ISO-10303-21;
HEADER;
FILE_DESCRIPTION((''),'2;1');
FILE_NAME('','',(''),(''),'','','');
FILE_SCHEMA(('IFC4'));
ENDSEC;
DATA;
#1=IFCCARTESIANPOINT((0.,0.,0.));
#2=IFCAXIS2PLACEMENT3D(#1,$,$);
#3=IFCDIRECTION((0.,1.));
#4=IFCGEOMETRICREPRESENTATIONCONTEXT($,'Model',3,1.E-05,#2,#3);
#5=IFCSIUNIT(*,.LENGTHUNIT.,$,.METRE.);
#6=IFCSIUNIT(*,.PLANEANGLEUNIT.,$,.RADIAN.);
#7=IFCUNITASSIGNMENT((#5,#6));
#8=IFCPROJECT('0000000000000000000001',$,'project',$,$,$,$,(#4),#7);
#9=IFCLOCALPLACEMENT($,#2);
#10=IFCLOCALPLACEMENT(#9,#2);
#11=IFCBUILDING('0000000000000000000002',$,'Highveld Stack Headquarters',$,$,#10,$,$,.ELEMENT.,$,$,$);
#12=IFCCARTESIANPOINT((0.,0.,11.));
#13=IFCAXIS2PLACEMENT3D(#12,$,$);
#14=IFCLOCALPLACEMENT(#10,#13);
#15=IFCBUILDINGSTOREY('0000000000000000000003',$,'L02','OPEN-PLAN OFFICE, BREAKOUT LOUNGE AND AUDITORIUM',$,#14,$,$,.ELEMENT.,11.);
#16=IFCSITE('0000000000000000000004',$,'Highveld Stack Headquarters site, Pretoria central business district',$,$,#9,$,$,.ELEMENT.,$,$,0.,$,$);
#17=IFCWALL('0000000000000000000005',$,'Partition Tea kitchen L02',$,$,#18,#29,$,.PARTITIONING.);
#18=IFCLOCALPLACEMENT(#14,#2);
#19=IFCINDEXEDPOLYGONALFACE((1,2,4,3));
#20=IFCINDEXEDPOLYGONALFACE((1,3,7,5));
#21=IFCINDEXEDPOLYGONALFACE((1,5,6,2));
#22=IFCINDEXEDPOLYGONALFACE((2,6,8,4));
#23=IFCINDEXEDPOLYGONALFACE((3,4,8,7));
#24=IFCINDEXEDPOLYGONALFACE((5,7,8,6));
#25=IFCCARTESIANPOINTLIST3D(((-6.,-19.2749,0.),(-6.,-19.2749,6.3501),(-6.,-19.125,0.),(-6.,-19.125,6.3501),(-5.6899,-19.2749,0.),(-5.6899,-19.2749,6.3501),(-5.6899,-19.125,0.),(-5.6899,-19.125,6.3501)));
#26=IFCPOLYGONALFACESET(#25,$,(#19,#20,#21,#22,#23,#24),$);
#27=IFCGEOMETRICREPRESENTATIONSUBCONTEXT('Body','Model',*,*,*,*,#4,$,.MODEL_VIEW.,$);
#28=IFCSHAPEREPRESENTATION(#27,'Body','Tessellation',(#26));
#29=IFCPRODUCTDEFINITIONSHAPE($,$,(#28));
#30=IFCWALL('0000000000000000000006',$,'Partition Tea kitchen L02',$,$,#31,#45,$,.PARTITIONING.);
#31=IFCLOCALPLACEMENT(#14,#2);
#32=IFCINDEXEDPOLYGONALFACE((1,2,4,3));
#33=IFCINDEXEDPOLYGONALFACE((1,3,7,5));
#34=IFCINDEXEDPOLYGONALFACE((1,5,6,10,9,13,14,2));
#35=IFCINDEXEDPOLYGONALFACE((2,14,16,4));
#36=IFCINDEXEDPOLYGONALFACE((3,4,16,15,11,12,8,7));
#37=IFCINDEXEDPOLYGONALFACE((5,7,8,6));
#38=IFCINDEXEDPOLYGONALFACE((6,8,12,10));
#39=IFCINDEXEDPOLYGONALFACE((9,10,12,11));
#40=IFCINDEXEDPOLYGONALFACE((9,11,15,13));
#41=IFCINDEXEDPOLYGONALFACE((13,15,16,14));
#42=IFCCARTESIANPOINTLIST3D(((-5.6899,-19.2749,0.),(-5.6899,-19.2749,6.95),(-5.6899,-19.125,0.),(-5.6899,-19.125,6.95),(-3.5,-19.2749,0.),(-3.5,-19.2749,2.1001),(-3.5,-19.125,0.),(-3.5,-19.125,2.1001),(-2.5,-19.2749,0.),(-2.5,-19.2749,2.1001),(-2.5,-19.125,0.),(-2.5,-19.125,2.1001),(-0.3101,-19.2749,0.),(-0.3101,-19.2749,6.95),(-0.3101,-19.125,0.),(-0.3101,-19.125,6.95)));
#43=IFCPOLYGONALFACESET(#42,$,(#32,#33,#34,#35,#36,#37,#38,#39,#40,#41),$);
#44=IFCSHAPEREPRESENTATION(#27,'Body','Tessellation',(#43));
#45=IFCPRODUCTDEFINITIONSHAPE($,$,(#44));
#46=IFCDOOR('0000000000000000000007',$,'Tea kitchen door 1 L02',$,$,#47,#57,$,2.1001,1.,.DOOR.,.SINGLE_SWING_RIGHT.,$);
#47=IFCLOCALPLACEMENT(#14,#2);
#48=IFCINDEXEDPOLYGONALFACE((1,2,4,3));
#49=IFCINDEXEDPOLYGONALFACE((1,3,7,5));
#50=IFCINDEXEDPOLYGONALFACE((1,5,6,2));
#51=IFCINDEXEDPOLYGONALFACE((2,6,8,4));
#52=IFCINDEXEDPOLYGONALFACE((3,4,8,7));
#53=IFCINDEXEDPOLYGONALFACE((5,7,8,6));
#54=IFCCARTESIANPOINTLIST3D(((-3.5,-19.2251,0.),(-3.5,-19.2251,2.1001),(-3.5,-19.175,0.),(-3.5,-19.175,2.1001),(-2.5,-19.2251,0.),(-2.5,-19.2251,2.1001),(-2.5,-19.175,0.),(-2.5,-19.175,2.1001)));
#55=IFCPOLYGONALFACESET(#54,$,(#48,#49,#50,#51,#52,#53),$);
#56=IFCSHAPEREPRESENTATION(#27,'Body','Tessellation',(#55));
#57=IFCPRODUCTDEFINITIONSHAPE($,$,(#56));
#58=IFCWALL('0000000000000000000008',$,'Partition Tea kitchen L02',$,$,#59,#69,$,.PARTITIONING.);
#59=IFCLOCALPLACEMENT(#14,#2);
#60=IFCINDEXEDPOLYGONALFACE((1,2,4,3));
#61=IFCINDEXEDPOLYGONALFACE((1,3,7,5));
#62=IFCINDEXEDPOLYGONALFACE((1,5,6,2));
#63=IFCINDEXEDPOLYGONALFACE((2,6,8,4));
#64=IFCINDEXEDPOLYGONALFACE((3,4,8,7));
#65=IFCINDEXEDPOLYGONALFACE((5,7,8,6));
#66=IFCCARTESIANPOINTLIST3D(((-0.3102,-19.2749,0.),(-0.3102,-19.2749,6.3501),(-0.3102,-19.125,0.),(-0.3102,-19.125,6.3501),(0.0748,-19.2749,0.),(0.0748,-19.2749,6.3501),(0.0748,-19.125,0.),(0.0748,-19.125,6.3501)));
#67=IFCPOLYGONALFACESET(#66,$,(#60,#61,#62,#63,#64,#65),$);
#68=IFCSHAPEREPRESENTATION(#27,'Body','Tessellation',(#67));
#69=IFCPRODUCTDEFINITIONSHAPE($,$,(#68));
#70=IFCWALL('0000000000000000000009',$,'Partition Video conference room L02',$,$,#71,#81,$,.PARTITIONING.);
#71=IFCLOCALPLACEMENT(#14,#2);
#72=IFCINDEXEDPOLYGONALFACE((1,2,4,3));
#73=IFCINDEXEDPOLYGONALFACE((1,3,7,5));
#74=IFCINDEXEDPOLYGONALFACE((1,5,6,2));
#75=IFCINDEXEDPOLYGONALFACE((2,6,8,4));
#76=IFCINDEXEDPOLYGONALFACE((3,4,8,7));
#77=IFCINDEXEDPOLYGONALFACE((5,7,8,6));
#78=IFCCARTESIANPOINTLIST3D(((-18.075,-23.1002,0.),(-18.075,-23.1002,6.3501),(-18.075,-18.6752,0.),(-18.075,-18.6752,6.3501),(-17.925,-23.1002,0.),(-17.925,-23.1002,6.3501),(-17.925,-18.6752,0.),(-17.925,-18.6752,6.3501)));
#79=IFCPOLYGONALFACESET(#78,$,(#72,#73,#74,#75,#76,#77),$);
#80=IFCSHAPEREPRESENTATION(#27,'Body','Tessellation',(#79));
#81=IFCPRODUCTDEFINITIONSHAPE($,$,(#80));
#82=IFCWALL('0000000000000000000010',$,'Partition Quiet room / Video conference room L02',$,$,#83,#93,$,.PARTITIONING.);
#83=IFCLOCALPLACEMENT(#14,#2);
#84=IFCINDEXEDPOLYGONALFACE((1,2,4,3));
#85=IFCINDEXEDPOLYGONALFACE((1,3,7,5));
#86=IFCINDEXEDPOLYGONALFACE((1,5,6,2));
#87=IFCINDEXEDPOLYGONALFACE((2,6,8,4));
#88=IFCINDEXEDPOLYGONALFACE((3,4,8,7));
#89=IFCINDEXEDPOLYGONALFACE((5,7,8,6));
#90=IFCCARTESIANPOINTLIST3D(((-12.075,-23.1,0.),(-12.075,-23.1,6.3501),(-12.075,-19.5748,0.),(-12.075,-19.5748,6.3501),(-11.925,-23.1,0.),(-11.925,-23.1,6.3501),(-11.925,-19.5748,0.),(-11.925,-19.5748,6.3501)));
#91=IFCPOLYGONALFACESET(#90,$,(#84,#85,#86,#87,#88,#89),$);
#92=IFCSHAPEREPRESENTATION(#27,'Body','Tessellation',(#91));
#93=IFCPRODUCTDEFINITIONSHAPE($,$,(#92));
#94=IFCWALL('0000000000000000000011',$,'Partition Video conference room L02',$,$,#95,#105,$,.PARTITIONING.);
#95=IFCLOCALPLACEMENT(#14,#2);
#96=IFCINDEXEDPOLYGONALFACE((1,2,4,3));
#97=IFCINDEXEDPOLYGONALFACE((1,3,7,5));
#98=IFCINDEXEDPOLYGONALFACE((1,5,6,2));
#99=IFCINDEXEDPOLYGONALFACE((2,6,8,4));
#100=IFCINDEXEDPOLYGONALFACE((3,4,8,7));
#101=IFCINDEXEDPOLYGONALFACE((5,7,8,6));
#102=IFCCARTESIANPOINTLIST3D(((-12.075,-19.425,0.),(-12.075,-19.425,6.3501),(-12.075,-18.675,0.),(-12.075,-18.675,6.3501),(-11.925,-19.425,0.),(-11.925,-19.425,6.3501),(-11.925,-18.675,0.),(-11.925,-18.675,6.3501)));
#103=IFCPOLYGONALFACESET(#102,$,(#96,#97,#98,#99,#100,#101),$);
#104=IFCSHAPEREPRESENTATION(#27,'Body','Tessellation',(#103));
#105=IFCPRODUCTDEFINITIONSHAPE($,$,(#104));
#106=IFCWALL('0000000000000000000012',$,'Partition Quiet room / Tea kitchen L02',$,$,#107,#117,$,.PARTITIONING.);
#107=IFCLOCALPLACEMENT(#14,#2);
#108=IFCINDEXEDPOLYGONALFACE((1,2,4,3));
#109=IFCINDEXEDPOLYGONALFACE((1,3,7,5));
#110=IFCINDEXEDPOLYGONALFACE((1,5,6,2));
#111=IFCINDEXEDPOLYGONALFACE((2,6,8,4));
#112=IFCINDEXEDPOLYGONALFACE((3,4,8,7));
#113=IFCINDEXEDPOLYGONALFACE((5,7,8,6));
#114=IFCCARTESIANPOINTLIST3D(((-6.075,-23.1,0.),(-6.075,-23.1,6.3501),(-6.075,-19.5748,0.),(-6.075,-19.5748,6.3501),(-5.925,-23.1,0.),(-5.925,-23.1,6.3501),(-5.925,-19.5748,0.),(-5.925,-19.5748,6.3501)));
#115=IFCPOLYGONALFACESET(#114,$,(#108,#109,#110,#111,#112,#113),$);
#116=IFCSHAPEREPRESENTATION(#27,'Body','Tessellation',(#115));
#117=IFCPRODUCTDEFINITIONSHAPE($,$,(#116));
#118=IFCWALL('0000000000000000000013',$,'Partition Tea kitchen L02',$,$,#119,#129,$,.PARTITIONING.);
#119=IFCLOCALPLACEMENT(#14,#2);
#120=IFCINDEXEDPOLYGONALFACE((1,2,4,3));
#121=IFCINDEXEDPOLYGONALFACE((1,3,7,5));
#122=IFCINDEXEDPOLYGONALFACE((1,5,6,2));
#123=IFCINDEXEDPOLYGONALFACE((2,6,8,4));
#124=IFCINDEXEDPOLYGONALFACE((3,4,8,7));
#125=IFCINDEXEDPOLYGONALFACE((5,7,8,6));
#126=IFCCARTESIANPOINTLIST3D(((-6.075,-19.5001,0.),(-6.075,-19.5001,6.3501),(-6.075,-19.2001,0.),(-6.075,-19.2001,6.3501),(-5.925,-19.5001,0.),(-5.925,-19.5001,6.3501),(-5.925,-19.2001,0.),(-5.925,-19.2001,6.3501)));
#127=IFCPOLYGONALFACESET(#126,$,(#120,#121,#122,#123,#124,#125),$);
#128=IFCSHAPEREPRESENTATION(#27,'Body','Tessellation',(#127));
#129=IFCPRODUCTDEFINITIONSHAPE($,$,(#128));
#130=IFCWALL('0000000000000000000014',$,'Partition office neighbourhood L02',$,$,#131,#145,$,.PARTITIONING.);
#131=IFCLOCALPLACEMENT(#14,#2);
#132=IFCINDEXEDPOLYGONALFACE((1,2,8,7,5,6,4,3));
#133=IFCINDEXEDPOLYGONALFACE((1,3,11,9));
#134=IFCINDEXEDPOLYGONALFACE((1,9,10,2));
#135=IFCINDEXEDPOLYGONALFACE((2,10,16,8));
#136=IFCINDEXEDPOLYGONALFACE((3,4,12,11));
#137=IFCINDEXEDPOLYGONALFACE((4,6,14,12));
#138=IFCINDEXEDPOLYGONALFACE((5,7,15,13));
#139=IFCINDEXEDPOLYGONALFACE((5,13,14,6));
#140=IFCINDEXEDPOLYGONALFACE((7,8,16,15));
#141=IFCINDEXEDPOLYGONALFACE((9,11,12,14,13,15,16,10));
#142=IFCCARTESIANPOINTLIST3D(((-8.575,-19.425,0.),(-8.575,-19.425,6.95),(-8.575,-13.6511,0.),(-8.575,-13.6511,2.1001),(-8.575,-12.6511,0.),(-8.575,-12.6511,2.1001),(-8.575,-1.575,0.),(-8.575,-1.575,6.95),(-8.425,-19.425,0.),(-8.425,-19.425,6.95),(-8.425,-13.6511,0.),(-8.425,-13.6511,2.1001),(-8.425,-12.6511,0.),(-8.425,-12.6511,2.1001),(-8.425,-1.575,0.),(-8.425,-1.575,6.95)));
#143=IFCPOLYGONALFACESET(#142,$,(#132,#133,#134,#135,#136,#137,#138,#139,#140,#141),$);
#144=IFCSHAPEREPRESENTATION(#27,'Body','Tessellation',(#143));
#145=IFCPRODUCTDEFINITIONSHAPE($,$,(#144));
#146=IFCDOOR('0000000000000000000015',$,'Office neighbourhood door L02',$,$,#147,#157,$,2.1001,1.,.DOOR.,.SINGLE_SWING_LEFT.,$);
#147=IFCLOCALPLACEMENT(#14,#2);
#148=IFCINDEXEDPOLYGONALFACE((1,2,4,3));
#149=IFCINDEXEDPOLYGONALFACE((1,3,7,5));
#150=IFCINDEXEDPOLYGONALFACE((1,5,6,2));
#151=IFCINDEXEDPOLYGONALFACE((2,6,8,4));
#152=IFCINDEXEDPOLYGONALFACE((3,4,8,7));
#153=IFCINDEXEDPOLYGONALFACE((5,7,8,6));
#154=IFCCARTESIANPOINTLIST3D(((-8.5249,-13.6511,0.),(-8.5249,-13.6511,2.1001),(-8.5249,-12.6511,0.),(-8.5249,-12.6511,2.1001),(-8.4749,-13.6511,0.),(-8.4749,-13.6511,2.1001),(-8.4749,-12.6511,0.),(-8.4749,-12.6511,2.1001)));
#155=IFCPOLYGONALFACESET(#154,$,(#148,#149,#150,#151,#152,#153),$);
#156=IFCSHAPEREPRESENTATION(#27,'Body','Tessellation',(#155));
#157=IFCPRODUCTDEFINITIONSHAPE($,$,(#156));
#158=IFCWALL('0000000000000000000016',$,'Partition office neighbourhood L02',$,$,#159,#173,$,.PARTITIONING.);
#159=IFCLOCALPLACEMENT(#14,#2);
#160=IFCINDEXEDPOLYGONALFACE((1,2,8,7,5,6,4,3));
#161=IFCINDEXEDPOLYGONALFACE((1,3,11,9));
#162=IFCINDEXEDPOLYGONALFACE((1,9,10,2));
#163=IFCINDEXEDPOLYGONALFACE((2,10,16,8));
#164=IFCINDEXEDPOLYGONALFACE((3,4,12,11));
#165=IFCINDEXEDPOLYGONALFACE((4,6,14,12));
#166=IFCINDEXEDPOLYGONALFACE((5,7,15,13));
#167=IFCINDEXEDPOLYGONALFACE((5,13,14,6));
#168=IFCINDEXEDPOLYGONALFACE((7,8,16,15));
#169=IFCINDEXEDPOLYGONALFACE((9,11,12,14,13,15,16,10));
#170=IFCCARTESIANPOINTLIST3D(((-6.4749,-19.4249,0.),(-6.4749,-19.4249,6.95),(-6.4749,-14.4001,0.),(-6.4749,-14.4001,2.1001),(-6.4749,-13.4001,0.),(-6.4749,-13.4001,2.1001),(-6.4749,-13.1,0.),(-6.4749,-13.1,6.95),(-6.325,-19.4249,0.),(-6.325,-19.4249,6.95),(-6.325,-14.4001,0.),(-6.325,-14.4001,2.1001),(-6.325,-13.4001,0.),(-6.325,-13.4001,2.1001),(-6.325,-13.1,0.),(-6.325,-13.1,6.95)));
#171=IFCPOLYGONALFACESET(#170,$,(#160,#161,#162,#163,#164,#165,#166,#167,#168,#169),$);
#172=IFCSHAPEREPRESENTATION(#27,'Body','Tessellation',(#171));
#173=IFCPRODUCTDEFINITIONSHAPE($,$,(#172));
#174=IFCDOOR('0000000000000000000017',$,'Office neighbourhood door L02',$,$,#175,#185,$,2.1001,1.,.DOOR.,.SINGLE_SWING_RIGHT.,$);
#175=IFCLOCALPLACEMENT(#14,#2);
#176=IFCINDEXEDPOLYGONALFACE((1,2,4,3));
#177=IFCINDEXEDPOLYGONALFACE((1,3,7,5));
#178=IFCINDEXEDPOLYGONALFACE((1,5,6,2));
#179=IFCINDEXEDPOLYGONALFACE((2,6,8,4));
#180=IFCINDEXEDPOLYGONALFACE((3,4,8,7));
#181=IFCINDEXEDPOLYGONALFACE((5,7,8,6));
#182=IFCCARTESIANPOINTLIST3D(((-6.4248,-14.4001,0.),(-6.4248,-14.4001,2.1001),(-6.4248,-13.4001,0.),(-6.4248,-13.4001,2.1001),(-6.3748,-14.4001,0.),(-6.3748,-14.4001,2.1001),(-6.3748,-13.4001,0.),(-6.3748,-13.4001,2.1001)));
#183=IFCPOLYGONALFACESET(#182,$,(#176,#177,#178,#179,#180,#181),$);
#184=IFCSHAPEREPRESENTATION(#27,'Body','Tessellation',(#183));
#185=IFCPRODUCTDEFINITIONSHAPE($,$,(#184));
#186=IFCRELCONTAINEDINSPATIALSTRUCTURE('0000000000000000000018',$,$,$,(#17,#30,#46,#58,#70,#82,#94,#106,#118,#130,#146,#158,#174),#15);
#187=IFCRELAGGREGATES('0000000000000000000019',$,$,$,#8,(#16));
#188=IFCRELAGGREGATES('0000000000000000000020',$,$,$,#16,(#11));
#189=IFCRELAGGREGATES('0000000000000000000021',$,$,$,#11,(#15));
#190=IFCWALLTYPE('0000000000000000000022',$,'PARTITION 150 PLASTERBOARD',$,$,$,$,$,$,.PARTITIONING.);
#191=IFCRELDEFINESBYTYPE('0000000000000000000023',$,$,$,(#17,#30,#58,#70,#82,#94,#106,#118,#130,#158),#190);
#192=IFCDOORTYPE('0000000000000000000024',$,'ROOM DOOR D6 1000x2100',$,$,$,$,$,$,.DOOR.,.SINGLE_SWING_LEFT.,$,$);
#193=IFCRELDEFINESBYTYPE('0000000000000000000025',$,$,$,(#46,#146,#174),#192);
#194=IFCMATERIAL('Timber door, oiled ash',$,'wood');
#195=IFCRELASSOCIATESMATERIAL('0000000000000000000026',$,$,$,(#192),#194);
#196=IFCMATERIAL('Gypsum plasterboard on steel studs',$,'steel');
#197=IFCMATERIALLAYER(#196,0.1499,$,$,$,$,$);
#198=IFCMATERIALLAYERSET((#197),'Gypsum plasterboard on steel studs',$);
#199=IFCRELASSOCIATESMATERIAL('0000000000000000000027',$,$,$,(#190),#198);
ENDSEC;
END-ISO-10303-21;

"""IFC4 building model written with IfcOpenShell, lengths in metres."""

from ifc_helpers import new_model, si_unit, direction, frame, frame_2d, origin, place, context, subcontext, project, spatial, rectangle, extrude, material, layer, layer_set, type_object, element, fill, save


model = new_model("IFC4")

# Units and contexts
model_context = context("Model", 3, precision=1e-05, world=origin(), true_north=direction((0.0, 1.0)))
body_context = subcontext(model_context, "Body", "Model", "MODEL_VIEW")
ifc_project = project(units=[si_unit("LENGTHUNIT", "METRE"), si_unit("PLANEANGLEUNIT", "RADIAN")], contexts=[model_context])

# Site, building, storey
site_placement = place(None, origin())
site = spatial("IfcSite", under=ifc_project, at=site_placement, Name="Highveld Stack Headquarters site, Pretoria central business district", CompositionType="ELEMENT", RefElevation=0.0)
building_placement = place(site_placement, origin())
building = spatial("IfcBuilding", under=site, at=building_placement, Name="Highveld Stack Headquarters", CompositionType="ELEMENT")
storey_placement = place(building_placement, frame((0.0, 0.0, 11.0)))
storey = spatial("IfcBuildingStorey", under=building, at=storey_placement, Name="L02", Description="OPEN-PLAN OFFICE, BREAKOUT LOUNGE AND AUDITORIUM", CompositionType="ELEMENT", Elevation=11.0)

# Shared definitions
ifc_material_1 = material(Name="Timber door, oiled ash", Category="wood")
door_type = type_object("IfcDoorType", Name="ROOM DOOR D6 1000x2100", OperationType="SINGLE_SWING_LEFT", PredefinedType="DOOR", material=ifc_material_1)

# Shared definitions
ifc_material_2 = material(Name="Gypsum plasterboard on steel studs", Category="steel")
ifc_layer_1 = layer(ifc_material_2, 0.1499)
ifc_layer_set_1 = layer_set([ifc_layer_1], Name="Gypsum plasterboard on steel studs")
wall_type_1 = type_object("IfcWallType", Name="PARTITION 150 PLASTERBOARD", PredefinedType="PARTITIONING", material=ifc_layer_set_1)

# Wall
wall_1_placement = place(storey_placement, frame((-6.0, -19.2, 0.0), z_axis=(0.0, 0.0, 1.0), x_axis=(1.0, 0.0, 0.0)))
element("IfcWall", 1, at=wall_1_placement, inside=storey, type_object=wall_type_1, Name="Partition Tea kitchen L02", PredefinedType="PARTITIONING", context=body_context, shape_type="SweptSolid", body=[
    extrude(rectangle(XDim=0.3101, YDim=0.1499, at=frame_2d((0.155, 0.0))), origin(), (0.0, 0.0, 1.0), 6.3501),
])

# Wall, opening, door
wall_2_placement = place(storey_placement, frame((-5.6899, -19.2, 0.0), z_axis=(0.0, 0.0, 1.0), x_axis=(1.0, 0.0, 0.0)))
wall_2 = element("IfcWall", 2, at=wall_2_placement, inside=storey, type_object=wall_type_1, Name="Partition Tea kitchen L02", PredefinedType="PARTITIONING", context=body_context, shape_type="SweptSolid", body=[
    extrude(rectangle(XDim=5.3799, YDim=0.1499, at=frame_2d((2.6899, 0.0))), origin(), (0.0, 0.0, 1.0), 6.95),
])
opening_1_placement = place(wall_2_placement, frame((2.1899, 0.0, 0.0)))
opening_1 = element("IfcOpeningElement", 3, at=opening_1_placement, cuts=wall_2, PredefinedType="OPENING", context=body_context, shape_type="SweptSolid", body=[
    extrude(rectangle(XDim=1.0, YDim=2.1001, at=frame_2d((0.5, 1.05))), frame((0.0, 0.085, 0.0), z_axis=(0.0, -1.0, 0.0), x_axis=(1.0, 0.0, 0.0)), (0.0, 0.0, 1.0), 0.1699),
])
door_1_placement = place(opening_1_placement, origin())
door_1 = element("IfcDoor", 4, at=door_1_placement, inside=storey, type_object=door_type, Name="Tea kitchen door 1 L02", OperationType="SINGLE_SWING_RIGHT", OverallHeight=2.1001, OverallWidth=1.0, PredefinedType="DOOR", context=body_context, shape_type="SweptSolid", body=[
    extrude(rectangle(XDim=1.0, YDim=2.1001, at=frame_2d((0.5, 1.05))), frame((0.0, 0.0249, 0.0), z_axis=(0.0, -1.0, 0.0), x_axis=(1.0, 0.0, 0.0)), (0.0, 0.0, 1.0), 0.05),
])
fill(opening_1, door_1)

# Walls
wall_3_placement = place(storey_placement, frame((-0.3101, -19.2, 0.0), z_axis=(0.0, 0.0, 1.0), x_axis=(1.0, 0.0, 0.0)))
element("IfcWall", 5, at=wall_3_placement, inside=storey, type_object=wall_type_1, Name="Partition Tea kitchen L02", PredefinedType="PARTITIONING", context=body_context, shape_type="SweptSolid", body=[
    extrude(rectangle(XDim=0.385, YDim=0.1499, at=frame_2d((0.1924, 0.0))), origin(), (0.0, 0.0, 1.0), 6.3501),
])
wall_4_placement = place(storey_placement, frame((-18.0, -23.1001, 0.0), z_axis=(0.0, 0.0, 1.0), x_axis=(0.0, 1.0, 0.0)))
element("IfcWall", 6, at=wall_4_placement, inside=storey, type_object=wall_type_1, Name="Partition Video conference room L02", PredefinedType="PARTITIONING", context=body_context, shape_type="SweptSolid", body=[
    extrude(rectangle(XDim=4.425, YDim=0.1499, at=frame_2d((2.2124, 0.0))), origin(), (0.0, 0.0, 1.0), 6.3501),
])
wall_5_placement = place(storey_placement, frame((-12.0, -23.1001, 0.0), z_axis=(0.0, 0.0, 1.0), x_axis=(0.0, 1.0, 0.0)))
element("IfcWall", 7, at=wall_5_placement, inside=storey, type_object=wall_type_1, Name="Partition Quiet room / Video conference room L02", PredefinedType="PARTITIONING", context=body_context, shape_type="SweptSolid", body=[
    extrude(rectangle(XDim=3.5251, YDim=0.1499, at=frame_2d((1.7627, 0.0))), origin(), (0.0, 0.0, 1.0), 6.3501),
])
wall_6_placement = place(storey_placement, frame((-12.0, -19.425, 0.0), z_axis=(0.0, 0.0, 1.0), x_axis=(0.0, 1.0, 0.0)))
element("IfcWall", 8, at=wall_6_placement, inside=storey, type_object=wall_type_1, Name="Partition Video conference room L02", PredefinedType="PARTITIONING", context=body_context, shape_type="SweptSolid", body=[
    extrude(rectangle(XDim=0.75, YDim=0.1499, at=frame_2d((0.375, 0.0))), origin(), (0.0, 0.0, 1.0), 6.3501),
])
wall_7_placement = place(storey_placement, frame((-6.0, -23.1001, 0.0), z_axis=(0.0, 0.0, 1.0), x_axis=(0.0, 1.0, 0.0)))
element("IfcWall", 9, at=wall_7_placement, inside=storey, type_object=wall_type_1, Name="Partition Quiet room / Tea kitchen L02", PredefinedType="PARTITIONING", context=body_context, shape_type="SweptSolid", body=[
    extrude(rectangle(XDim=3.5251, YDim=0.1499, at=frame_2d((1.7627, 0.0))), origin(), (0.0, 0.0, 1.0), 6.3501),
])
wall_8_placement = place(storey_placement, frame((-6.0, -19.5, 0.0), z_axis=(0.0, 0.0, 1.0), x_axis=(0.0, 1.0, 0.0)))
element("IfcWall", 10, at=wall_8_placement, inside=storey, type_object=wall_type_1, Name="Partition Tea kitchen L02", PredefinedType="PARTITIONING", context=body_context, shape_type="SweptSolid", body=[
    extrude(rectangle(XDim=0.3, YDim=0.1499, at=frame_2d((0.1499, 0.0))), origin(), (0.0, 0.0, 1.0), 6.3501),
])

# Walls, openings, doors
wall_9_placement = place(storey_placement, frame((-8.5, -19.425, 0.0), z_axis=(0.0, 0.0, 1.0), x_axis=(0.0, 1.0, 0.0)))
wall_9 = element("IfcWall", 11, at=wall_9_placement, inside=storey, type_object=wall_type_1, Name="Partition office neighbourhood L02", PredefinedType="PARTITIONING", context=body_context, shape_type="SweptSolid", body=[
    extrude(rectangle(XDim=17.8501, YDim=0.1499, at=frame_2d((8.925, 0.0))), origin(), (0.0, 0.0, 1.0), 6.95),
])
opening_2_placement = place(wall_9_placement, frame((5.7739, 0.0, 0.0)))
opening_2 = element("IfcOpeningElement", 12, at=opening_2_placement, cuts=wall_9, PredefinedType="OPENING", context=body_context, shape_type="SweptSolid", body=[
    extrude(rectangle(XDim=1.0, YDim=2.1001, at=frame_2d((0.5, 1.05))), frame((0.0, 0.085, 0.0), z_axis=(0.0, -1.0, 0.0), x_axis=(1.0, 0.0, 0.0)), (0.0, 0.0, 1.0), 0.1699),
])
door_2_placement = place(opening_2_placement, origin())
door_2 = element("IfcDoor", 13, at=door_2_placement, inside=storey, type_object=door_type, Name="Office neighbourhood door L02", OperationType="SINGLE_SWING_LEFT", OverallHeight=2.1001, OverallWidth=1.0, PredefinedType="DOOR", context=body_context, shape_type="SweptSolid", body=[
    extrude(rectangle(XDim=1.0, YDim=2.1001, at=frame_2d((0.5, 1.05))), frame((0.0, 0.0249, 0.0), z_axis=(0.0, -1.0, 0.0), x_axis=(1.0, 0.0, 0.0)), (0.0, 0.0, 1.0), 0.05),
])
fill(opening_2, door_2)
wall_10_placement = place(storey_placement, frame((-6.3999, -19.425, 0.0), z_axis=(0.0, 0.0, 1.0), x_axis=(0.0, 1.0, 0.0)))
wall_10 = element("IfcWall", 14, at=wall_10_placement, inside=storey, type_object=wall_type_1, Name="Partition office neighbourhood L02", PredefinedType="PARTITIONING", context=body_context, shape_type="SweptSolid", body=[
    extrude(rectangle(XDim=6.325, YDim=0.1499, at=frame_2d((3.1626, 0.0))), origin(), (0.0, 0.0, 1.0), 6.95),
])
opening_3_placement = place(wall_10_placement, frame((5.0249, 0.0, 0.0)))
opening_3 = element("IfcOpeningElement", 15, at=opening_3_placement, cuts=wall_10, PredefinedType="OPENING", context=body_context, shape_type="SweptSolid", body=[
    extrude(rectangle(XDim=1.0, YDim=2.1001, at=frame_2d((0.5, 1.05))), frame((0.0, 0.085, 0.0), z_axis=(0.0, -1.0, 0.0), x_axis=(1.0, 0.0, 0.0)), (0.0, 0.0, 1.0), 0.1699),
])
door_3_placement = place(opening_3_placement, origin())
door_3 = element("IfcDoor", 16, at=door_3_placement, inside=storey, type_object=door_type, Name="Office neighbourhood door L02", OperationType="SINGLE_SWING_RIGHT", OverallHeight=2.1001, OverallWidth=1.0, PredefinedType="DOOR", context=body_context, shape_type="SweptSolid", body=[
    extrude(rectangle(XDim=1.0, YDim=2.1001, at=frame_2d((0.5, 1.05))), frame((0.0, 0.0249, 0.0), z_axis=(0.0, -1.0, 0.0), x_axis=(1.0, 0.0, 0.0)), (0.0, 0.0, 1.0), 0.05),
])
fill(opening_3, door_3)

save(model, "model.ifc")
